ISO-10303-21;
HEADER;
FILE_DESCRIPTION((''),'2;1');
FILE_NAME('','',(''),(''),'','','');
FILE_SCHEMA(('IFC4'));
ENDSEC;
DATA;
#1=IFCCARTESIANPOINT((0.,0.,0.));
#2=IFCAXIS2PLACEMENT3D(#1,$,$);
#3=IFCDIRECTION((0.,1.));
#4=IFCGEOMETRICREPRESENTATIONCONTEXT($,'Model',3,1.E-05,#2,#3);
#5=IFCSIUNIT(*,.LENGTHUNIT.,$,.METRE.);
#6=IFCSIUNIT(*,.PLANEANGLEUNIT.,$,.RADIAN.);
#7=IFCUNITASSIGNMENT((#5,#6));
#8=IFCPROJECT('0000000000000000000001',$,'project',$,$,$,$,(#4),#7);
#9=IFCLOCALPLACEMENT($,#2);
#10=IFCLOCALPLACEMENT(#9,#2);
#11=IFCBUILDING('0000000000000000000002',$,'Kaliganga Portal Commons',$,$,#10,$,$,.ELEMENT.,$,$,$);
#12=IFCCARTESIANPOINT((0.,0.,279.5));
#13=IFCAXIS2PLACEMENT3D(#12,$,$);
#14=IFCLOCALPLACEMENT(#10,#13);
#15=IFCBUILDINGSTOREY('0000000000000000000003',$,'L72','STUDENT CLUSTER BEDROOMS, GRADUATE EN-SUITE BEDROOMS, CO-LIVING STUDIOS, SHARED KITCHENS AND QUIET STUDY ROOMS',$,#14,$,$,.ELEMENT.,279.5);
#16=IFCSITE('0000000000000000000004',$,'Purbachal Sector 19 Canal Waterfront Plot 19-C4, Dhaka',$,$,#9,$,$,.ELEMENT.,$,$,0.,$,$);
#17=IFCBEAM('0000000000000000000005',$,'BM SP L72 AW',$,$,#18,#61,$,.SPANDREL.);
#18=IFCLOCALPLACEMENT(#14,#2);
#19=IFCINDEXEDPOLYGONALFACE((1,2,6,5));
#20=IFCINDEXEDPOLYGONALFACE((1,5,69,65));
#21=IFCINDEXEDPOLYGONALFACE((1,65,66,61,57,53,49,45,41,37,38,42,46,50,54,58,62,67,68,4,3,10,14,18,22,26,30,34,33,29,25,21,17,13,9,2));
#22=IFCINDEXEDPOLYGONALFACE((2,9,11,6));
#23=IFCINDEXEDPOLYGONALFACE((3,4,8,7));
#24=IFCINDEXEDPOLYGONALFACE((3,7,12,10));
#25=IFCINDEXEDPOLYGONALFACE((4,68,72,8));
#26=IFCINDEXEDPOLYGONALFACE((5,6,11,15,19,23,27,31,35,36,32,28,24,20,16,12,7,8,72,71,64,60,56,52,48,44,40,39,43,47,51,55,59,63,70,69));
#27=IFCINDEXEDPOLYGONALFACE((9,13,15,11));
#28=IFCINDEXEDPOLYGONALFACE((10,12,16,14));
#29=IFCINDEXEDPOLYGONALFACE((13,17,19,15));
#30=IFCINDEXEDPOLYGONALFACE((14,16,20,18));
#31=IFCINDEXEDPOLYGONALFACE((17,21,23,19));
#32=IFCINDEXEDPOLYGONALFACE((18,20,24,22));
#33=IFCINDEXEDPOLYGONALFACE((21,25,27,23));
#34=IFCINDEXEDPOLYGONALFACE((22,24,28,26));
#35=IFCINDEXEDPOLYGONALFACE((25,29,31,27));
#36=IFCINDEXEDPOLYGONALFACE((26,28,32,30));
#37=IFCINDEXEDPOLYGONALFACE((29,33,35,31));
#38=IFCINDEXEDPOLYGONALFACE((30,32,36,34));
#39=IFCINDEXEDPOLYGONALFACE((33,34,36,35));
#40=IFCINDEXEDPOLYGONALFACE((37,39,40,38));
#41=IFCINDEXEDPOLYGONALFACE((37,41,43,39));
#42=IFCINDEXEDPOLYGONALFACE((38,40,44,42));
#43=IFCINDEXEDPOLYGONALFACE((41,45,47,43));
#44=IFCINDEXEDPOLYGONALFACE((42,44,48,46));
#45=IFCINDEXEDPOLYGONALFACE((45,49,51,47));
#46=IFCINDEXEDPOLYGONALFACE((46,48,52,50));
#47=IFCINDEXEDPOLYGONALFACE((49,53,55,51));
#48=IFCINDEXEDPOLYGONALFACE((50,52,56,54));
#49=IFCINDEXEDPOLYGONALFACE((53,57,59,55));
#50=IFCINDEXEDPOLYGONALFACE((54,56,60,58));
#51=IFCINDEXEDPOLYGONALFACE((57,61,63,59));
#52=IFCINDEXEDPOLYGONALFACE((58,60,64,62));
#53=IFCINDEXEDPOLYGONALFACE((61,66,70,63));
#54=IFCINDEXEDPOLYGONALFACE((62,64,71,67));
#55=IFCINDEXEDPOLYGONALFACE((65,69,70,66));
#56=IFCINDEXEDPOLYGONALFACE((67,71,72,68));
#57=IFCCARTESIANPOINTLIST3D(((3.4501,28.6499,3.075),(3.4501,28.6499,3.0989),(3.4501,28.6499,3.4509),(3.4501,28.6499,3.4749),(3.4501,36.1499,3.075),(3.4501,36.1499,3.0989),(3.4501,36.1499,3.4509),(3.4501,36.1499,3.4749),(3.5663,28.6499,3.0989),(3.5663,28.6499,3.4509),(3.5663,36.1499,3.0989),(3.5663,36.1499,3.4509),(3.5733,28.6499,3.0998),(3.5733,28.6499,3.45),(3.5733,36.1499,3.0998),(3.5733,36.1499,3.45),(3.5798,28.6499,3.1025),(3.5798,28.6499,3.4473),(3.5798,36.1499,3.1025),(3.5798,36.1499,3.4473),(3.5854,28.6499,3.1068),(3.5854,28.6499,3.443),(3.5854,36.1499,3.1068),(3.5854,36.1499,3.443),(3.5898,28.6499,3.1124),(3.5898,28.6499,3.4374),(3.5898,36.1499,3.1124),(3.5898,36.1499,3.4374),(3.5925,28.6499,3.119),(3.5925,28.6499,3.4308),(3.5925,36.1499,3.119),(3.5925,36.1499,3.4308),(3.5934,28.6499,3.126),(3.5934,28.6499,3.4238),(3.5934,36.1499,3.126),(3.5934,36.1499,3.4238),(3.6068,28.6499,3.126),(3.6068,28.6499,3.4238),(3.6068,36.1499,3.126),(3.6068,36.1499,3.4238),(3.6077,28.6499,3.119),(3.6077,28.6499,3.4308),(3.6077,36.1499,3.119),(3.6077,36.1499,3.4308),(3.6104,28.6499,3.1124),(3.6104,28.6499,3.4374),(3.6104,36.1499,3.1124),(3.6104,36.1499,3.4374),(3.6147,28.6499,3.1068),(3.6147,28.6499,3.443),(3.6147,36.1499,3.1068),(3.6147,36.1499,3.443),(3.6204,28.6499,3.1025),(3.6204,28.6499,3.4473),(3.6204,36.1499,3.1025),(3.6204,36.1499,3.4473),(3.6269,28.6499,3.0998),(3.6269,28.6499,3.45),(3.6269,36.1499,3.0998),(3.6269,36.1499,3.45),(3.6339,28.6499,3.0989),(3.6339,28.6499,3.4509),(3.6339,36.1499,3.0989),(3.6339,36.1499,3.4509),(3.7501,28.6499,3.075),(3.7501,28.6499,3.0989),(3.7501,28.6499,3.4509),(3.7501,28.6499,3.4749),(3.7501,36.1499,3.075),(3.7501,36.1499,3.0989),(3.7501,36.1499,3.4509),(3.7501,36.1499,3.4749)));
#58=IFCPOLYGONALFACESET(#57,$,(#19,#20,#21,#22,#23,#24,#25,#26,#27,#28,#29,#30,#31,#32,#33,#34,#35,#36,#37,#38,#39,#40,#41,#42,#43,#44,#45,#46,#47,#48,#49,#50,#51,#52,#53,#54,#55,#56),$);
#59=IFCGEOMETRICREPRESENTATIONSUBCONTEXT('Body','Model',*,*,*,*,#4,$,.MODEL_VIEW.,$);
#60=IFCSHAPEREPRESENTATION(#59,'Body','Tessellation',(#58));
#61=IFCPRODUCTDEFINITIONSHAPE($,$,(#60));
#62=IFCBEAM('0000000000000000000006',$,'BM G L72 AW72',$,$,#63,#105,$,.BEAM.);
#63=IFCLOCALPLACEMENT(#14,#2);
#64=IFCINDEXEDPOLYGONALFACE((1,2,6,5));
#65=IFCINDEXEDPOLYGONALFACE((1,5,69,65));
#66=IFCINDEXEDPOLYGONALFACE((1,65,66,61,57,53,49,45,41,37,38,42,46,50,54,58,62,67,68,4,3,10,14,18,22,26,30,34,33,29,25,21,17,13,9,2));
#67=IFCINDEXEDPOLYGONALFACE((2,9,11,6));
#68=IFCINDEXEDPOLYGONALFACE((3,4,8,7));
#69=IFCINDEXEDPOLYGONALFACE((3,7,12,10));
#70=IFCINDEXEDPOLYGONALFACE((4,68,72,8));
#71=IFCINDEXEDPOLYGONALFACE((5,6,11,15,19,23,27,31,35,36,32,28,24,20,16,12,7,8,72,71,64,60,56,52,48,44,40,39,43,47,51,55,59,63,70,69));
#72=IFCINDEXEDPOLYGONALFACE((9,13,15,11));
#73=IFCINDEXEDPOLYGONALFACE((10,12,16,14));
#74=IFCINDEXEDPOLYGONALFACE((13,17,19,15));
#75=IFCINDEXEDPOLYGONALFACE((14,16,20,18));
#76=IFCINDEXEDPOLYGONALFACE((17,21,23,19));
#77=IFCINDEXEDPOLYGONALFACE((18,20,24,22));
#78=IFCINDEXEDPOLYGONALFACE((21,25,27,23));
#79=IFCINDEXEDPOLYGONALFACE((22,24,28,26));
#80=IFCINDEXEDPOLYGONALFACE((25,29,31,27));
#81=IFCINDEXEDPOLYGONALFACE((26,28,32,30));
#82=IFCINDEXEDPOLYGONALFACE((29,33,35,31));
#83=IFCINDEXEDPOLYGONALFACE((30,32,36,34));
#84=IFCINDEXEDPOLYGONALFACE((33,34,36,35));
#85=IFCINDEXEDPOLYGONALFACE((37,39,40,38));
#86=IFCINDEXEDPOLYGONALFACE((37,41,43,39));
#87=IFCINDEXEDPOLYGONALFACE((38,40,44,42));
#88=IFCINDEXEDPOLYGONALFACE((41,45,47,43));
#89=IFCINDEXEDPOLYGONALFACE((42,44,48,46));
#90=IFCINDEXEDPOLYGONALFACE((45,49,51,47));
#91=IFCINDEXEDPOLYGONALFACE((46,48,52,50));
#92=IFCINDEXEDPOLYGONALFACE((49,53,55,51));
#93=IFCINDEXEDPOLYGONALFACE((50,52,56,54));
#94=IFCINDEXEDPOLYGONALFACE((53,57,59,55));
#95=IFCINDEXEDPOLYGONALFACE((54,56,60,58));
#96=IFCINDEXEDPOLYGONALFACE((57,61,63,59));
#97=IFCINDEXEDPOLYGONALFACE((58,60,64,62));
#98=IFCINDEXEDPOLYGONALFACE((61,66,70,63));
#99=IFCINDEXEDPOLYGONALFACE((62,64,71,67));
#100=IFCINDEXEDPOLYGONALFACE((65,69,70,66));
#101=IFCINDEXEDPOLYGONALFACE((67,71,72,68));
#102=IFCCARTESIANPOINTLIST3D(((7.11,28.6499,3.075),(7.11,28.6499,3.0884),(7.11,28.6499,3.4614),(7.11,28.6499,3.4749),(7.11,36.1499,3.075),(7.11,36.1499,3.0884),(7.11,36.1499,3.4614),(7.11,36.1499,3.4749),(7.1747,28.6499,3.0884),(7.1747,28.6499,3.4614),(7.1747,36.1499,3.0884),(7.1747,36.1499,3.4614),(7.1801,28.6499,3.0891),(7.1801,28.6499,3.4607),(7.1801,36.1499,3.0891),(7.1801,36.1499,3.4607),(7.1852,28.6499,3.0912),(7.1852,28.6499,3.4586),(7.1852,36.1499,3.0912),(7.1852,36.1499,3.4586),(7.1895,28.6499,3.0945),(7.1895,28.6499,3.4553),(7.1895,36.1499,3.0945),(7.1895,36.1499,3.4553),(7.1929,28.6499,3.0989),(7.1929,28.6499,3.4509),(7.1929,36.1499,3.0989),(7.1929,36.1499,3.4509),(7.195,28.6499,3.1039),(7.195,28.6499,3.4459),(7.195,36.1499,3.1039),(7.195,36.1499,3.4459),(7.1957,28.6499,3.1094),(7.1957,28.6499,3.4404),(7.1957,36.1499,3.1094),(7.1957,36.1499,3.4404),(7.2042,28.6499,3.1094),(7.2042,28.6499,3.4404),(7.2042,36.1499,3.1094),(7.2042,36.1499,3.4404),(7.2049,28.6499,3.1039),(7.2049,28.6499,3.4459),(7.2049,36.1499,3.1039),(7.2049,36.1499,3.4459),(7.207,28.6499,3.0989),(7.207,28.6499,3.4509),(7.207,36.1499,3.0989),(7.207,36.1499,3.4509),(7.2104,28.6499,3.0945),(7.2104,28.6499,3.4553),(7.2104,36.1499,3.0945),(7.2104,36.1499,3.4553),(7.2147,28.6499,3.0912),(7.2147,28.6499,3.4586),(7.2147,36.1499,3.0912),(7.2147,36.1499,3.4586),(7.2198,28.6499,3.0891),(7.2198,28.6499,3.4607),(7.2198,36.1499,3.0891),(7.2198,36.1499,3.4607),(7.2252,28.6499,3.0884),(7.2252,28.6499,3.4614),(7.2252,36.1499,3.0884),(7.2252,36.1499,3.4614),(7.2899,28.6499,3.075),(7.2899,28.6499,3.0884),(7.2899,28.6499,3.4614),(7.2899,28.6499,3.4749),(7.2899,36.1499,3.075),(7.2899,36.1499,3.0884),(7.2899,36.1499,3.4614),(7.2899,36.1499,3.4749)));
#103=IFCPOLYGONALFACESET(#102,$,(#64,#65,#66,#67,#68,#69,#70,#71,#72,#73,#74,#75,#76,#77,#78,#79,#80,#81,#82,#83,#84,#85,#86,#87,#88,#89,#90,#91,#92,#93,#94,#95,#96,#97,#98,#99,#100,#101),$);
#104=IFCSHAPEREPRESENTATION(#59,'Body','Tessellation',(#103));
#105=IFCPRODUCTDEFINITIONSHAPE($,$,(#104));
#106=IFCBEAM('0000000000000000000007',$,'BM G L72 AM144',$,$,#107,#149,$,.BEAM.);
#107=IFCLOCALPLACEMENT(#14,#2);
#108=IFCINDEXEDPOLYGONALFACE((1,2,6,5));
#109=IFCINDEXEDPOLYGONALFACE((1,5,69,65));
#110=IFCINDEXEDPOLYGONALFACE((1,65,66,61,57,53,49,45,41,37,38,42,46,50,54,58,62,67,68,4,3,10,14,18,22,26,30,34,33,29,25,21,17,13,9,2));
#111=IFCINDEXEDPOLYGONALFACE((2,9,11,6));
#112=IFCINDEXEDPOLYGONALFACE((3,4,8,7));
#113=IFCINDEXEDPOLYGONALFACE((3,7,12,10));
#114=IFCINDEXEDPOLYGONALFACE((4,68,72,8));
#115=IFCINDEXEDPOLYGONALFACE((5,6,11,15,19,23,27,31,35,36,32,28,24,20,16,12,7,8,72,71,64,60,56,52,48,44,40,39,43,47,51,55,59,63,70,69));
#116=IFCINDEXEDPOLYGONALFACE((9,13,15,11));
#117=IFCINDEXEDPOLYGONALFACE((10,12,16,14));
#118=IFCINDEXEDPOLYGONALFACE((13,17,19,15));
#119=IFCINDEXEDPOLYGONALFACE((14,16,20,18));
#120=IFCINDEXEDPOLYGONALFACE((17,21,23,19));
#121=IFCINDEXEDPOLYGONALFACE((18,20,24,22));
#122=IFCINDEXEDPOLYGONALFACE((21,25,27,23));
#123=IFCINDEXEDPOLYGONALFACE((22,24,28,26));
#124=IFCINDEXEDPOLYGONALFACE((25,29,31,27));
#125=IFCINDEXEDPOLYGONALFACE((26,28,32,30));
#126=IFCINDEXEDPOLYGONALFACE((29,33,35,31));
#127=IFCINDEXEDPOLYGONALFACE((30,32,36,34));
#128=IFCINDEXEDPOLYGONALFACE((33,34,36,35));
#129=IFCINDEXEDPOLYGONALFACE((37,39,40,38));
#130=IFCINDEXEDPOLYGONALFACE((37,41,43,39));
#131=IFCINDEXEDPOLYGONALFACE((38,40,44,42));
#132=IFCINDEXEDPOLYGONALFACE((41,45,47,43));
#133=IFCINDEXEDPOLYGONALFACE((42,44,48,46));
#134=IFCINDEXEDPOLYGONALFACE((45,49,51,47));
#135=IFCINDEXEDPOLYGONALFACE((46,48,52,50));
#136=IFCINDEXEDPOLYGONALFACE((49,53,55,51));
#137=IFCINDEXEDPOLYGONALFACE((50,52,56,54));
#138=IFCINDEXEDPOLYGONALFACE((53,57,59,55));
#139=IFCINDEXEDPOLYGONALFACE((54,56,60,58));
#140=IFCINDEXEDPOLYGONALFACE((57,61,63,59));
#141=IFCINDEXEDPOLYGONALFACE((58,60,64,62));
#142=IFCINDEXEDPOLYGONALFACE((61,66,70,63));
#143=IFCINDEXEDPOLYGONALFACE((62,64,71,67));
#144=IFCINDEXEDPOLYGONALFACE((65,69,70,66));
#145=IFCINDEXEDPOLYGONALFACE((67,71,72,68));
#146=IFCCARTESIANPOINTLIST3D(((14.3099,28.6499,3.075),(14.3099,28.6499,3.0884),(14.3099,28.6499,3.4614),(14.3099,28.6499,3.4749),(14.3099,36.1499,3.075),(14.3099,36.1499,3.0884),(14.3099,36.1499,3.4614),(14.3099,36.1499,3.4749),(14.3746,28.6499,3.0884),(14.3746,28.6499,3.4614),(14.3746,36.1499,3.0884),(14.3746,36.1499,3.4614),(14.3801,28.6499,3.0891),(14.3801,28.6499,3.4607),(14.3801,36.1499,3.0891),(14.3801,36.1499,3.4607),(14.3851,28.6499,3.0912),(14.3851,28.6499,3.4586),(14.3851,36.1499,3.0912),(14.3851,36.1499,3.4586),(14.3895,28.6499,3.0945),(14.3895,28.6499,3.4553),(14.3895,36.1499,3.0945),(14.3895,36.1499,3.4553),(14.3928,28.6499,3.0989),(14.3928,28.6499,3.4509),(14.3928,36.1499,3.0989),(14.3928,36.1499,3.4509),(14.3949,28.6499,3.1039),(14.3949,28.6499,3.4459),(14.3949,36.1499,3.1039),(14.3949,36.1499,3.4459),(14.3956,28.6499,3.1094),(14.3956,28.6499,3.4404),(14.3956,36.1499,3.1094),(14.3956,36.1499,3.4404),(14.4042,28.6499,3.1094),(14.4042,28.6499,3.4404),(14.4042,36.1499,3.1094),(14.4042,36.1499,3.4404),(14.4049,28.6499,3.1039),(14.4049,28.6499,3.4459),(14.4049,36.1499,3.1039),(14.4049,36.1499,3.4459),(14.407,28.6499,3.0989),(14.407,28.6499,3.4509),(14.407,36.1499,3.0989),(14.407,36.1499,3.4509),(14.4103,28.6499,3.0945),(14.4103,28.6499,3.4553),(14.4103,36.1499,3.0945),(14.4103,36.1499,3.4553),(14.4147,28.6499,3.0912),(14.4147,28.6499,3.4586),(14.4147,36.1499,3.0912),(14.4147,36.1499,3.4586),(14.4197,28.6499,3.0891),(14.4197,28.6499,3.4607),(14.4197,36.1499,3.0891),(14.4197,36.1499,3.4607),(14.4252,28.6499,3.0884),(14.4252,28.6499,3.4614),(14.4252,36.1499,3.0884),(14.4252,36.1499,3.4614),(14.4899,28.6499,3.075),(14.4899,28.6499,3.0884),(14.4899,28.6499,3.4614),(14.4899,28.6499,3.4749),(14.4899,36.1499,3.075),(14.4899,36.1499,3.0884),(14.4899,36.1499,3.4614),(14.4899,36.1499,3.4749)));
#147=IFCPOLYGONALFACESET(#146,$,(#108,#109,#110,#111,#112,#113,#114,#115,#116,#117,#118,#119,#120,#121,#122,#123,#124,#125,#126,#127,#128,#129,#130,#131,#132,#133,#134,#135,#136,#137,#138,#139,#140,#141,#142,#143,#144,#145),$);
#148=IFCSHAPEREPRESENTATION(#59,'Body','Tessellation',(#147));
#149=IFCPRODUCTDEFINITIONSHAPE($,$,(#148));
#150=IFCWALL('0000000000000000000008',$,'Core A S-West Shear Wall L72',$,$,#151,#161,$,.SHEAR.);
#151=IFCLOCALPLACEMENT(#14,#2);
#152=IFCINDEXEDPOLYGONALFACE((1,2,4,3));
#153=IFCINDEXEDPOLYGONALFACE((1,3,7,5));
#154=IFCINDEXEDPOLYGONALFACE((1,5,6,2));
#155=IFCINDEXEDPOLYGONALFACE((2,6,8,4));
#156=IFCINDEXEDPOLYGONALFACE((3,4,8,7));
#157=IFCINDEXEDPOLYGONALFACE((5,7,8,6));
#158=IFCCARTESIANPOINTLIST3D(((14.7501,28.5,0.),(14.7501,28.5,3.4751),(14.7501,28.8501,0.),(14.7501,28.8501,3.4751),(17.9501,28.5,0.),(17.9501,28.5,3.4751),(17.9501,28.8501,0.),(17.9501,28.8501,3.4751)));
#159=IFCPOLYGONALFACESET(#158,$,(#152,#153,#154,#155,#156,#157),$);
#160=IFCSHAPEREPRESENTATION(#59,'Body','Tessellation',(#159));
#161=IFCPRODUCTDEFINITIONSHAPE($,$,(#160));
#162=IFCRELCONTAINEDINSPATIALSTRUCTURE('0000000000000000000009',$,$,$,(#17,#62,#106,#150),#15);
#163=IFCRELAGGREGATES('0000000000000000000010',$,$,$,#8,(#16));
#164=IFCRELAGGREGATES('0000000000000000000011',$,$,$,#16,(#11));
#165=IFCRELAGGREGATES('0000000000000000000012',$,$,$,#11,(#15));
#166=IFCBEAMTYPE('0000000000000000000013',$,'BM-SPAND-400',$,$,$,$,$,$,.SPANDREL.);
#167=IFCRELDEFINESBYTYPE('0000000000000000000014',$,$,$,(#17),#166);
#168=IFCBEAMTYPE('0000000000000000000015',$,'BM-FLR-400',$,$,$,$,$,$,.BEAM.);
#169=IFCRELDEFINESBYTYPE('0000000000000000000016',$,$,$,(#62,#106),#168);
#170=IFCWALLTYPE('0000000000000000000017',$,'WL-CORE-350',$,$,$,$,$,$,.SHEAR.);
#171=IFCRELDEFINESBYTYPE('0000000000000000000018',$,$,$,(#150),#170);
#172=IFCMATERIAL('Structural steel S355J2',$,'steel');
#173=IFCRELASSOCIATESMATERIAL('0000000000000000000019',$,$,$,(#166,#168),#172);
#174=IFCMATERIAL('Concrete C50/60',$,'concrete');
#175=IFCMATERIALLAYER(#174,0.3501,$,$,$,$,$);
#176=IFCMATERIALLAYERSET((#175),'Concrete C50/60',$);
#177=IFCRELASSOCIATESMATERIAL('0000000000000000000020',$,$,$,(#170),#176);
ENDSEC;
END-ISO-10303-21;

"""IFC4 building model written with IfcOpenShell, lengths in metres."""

from ifc_helpers import new_model, si_unit, direction, frame, frame_2d, origin, origin_2d, place, context, subcontext, project, spatial, rectangle, i_section, extrude, source, transform, mapped, material, layer, layer_set, material_profile, profile_set, type_object, element, save


model = new_model("IFC4")

# Units and contexts
model_context = context("Model", 3, precision=1e-05, world=origin(), true_north=direction((0.0, 1.0)))
body_context = subcontext(model_context, "Body", "Model", "MODEL_VIEW")
ifc_project = project(units=[si_unit("LENGTHUNIT", "METRE"), si_unit("PLANEANGLEUNIT", "RADIAN")], contexts=[model_context])

# Site, building, storey
site_placement = place(None, origin())
site = spatial("IfcSite", under=ifc_project, at=site_placement, Name="Purbachal Sector 19 Canal Waterfront Plot 19-C4, Dhaka", CompositionType="ELEMENT", RefElevation=0.0)
building_placement = place(site_placement, origin())
building = spatial("IfcBuilding", under=site, at=building_placement, Name="Kaliganga Portal Commons", CompositionType="ELEMENT")
storey_placement = place(building_placement, frame((0.0, 0.0, 279.5)))
storey = spatial("IfcBuildingStorey", under=building, at=storey_placement, Name="L72", Description="STUDENT CLUSTER BEDROOMS, GRADUATE EN-SUITE BEDROOMS, CO-LIVING STUDIOS, SHARED KITCHENS AND QUIET STUDY ROOMS", CompositionType="ELEMENT", Elevation=279.5)

# Shared definitions
ifc_material_1 = material(Name="Concrete C50/60", Category="concrete")
ifc_material_2 = material(Name="Structural steel S355J2", Category="steel")

# Beams
ifc_material_profile_1 = material_profile(ifc_material_2, i_section(OverallWidth=0.3, OverallDepth=0.3999, WebThickness=0.0134, FlangeThickness=0.0239, FilletRadius=0.0271, at=origin_2d()), Name="HE 400 B")
ifc_profile_set_1 = profile_set([ifc_material_profile_1], Name="Structural steel S355J2 wide-flange")
beam_type_1 = type_object("IfcBeamType", Name="BM-SPAND-400", PredefinedType="SPANDREL", material=ifc_profile_set_1)
shared_shape_1 = source(origin(), body_context, "Body", "SweptSolid", [
    extrude(i_section(OverallWidth=0.3, OverallDepth=0.3999, WebThickness=0.0134, FlangeThickness=0.0239, FilletRadius=0.0271, at=origin_2d()), origin(), (0.0, 0.0, 1.0), 7.5),
])
beam_1_placement = place(storey_placement, frame((3.6001, 28.6499, 3.2749), z_axis=(0.0, 1.0, 0.0), x_axis=(-1.0, 0.0, 0.0)))
element("IfcBeam", 1, at=beam_1_placement, inside=storey, type_object=beam_type_1, Name="BM SP L72 AW", PredefinedType="SPANDREL", context=body_context, shape_type="MappedRepresentation", body=[
    mapped(shared_shape_1, transform((0.0, 0.0, 0.0), x_axis=(1.0, 0.0, 0.0), y_axis=(0.0, 1.0, 0.0), z_axis=(0.0, 0.0, 1.0), scale=1.0)),
])
ifc_material_profile_2 = material_profile(ifc_material_2, i_section(OverallWidth=0.1799, OverallDepth=0.3999, WebThickness=0.0085, FlangeThickness=0.0134, FilletRadius=0.021, at=origin_2d()), Name="IPE 400")
ifc_profile_set_2 = profile_set([ifc_material_profile_2], Name="Structural steel S355J2 wide-flange")
beam_type_2 = type_object("IfcBeamType", Name="BM-FLR-400", PredefinedType="BEAM", material=ifc_profile_set_2)
shared_shape_2 = source(origin(), body_context, "Body", "SweptSolid", [
    extrude(i_section(OverallWidth=0.1799, OverallDepth=0.3999, WebThickness=0.0085, FlangeThickness=0.0134, FilletRadius=0.021, at=origin_2d()), origin(), (0.0, 0.0, 1.0), 7.5),
])
for number, where, z_axis, x_axis, name in (
    (2, (7.2, 28.6499, 3.2749), (0.0, 1.0, 0.0), (-1.0, 0.0, 0.0), "BM G L72 AW72"),
    (3, (14.3999, 28.6499, 3.2749), (0.0, 1.0, 0.0), (-1.0, 0.0, 0.0), "BM G L72 AM144"),
):
    element("IfcBeam", number, at=place(storey_placement, frame(where, z_axis=z_axis, x_axis=x_axis)), inside=storey, type_object=beam_type_2, Name=name, PredefinedType="BEAM", context=body_context, shape_type="MappedRepresentation", body=[
        mapped(shared_shape_2, transform((0.0, 0.0, 0.0), x_axis=(1.0, 0.0, 0.0), y_axis=(0.0, 1.0, 0.0), z_axis=(0.0, 0.0, 1.0), scale=1.0)),
    ])

# Wall
ifc_layer_1 = layer(ifc_material_1, 0.3501)
ifc_layer_set_1 = layer_set([ifc_layer_1], Name="Concrete C50/60")
wall_type_1 = type_object("IfcWallType", Name="WL-CORE-350", PredefinedType="SHEAR", material=ifc_layer_set_1)
wall_1_placement = place(storey_placement, frame((14.75, 28.675, 0.0), z_axis=(0.0, 0.0, 1.0), x_axis=(1.0, 0.0, 0.0)))
element("IfcWall", 4, at=wall_1_placement, inside=storey, type_object=wall_type_1, Name="Core A S-West Shear Wall L72", PredefinedType="SHEAR", context=body_context, shape_type="SweptSolid", body=[
    extrude(rectangle(XDim=3.2, YDim=0.3501, at=frame_2d((1.6001, 0.0))), origin(), (0.0, 0.0, 1.0), 3.4751),
])

save(model, "model.ifc")
